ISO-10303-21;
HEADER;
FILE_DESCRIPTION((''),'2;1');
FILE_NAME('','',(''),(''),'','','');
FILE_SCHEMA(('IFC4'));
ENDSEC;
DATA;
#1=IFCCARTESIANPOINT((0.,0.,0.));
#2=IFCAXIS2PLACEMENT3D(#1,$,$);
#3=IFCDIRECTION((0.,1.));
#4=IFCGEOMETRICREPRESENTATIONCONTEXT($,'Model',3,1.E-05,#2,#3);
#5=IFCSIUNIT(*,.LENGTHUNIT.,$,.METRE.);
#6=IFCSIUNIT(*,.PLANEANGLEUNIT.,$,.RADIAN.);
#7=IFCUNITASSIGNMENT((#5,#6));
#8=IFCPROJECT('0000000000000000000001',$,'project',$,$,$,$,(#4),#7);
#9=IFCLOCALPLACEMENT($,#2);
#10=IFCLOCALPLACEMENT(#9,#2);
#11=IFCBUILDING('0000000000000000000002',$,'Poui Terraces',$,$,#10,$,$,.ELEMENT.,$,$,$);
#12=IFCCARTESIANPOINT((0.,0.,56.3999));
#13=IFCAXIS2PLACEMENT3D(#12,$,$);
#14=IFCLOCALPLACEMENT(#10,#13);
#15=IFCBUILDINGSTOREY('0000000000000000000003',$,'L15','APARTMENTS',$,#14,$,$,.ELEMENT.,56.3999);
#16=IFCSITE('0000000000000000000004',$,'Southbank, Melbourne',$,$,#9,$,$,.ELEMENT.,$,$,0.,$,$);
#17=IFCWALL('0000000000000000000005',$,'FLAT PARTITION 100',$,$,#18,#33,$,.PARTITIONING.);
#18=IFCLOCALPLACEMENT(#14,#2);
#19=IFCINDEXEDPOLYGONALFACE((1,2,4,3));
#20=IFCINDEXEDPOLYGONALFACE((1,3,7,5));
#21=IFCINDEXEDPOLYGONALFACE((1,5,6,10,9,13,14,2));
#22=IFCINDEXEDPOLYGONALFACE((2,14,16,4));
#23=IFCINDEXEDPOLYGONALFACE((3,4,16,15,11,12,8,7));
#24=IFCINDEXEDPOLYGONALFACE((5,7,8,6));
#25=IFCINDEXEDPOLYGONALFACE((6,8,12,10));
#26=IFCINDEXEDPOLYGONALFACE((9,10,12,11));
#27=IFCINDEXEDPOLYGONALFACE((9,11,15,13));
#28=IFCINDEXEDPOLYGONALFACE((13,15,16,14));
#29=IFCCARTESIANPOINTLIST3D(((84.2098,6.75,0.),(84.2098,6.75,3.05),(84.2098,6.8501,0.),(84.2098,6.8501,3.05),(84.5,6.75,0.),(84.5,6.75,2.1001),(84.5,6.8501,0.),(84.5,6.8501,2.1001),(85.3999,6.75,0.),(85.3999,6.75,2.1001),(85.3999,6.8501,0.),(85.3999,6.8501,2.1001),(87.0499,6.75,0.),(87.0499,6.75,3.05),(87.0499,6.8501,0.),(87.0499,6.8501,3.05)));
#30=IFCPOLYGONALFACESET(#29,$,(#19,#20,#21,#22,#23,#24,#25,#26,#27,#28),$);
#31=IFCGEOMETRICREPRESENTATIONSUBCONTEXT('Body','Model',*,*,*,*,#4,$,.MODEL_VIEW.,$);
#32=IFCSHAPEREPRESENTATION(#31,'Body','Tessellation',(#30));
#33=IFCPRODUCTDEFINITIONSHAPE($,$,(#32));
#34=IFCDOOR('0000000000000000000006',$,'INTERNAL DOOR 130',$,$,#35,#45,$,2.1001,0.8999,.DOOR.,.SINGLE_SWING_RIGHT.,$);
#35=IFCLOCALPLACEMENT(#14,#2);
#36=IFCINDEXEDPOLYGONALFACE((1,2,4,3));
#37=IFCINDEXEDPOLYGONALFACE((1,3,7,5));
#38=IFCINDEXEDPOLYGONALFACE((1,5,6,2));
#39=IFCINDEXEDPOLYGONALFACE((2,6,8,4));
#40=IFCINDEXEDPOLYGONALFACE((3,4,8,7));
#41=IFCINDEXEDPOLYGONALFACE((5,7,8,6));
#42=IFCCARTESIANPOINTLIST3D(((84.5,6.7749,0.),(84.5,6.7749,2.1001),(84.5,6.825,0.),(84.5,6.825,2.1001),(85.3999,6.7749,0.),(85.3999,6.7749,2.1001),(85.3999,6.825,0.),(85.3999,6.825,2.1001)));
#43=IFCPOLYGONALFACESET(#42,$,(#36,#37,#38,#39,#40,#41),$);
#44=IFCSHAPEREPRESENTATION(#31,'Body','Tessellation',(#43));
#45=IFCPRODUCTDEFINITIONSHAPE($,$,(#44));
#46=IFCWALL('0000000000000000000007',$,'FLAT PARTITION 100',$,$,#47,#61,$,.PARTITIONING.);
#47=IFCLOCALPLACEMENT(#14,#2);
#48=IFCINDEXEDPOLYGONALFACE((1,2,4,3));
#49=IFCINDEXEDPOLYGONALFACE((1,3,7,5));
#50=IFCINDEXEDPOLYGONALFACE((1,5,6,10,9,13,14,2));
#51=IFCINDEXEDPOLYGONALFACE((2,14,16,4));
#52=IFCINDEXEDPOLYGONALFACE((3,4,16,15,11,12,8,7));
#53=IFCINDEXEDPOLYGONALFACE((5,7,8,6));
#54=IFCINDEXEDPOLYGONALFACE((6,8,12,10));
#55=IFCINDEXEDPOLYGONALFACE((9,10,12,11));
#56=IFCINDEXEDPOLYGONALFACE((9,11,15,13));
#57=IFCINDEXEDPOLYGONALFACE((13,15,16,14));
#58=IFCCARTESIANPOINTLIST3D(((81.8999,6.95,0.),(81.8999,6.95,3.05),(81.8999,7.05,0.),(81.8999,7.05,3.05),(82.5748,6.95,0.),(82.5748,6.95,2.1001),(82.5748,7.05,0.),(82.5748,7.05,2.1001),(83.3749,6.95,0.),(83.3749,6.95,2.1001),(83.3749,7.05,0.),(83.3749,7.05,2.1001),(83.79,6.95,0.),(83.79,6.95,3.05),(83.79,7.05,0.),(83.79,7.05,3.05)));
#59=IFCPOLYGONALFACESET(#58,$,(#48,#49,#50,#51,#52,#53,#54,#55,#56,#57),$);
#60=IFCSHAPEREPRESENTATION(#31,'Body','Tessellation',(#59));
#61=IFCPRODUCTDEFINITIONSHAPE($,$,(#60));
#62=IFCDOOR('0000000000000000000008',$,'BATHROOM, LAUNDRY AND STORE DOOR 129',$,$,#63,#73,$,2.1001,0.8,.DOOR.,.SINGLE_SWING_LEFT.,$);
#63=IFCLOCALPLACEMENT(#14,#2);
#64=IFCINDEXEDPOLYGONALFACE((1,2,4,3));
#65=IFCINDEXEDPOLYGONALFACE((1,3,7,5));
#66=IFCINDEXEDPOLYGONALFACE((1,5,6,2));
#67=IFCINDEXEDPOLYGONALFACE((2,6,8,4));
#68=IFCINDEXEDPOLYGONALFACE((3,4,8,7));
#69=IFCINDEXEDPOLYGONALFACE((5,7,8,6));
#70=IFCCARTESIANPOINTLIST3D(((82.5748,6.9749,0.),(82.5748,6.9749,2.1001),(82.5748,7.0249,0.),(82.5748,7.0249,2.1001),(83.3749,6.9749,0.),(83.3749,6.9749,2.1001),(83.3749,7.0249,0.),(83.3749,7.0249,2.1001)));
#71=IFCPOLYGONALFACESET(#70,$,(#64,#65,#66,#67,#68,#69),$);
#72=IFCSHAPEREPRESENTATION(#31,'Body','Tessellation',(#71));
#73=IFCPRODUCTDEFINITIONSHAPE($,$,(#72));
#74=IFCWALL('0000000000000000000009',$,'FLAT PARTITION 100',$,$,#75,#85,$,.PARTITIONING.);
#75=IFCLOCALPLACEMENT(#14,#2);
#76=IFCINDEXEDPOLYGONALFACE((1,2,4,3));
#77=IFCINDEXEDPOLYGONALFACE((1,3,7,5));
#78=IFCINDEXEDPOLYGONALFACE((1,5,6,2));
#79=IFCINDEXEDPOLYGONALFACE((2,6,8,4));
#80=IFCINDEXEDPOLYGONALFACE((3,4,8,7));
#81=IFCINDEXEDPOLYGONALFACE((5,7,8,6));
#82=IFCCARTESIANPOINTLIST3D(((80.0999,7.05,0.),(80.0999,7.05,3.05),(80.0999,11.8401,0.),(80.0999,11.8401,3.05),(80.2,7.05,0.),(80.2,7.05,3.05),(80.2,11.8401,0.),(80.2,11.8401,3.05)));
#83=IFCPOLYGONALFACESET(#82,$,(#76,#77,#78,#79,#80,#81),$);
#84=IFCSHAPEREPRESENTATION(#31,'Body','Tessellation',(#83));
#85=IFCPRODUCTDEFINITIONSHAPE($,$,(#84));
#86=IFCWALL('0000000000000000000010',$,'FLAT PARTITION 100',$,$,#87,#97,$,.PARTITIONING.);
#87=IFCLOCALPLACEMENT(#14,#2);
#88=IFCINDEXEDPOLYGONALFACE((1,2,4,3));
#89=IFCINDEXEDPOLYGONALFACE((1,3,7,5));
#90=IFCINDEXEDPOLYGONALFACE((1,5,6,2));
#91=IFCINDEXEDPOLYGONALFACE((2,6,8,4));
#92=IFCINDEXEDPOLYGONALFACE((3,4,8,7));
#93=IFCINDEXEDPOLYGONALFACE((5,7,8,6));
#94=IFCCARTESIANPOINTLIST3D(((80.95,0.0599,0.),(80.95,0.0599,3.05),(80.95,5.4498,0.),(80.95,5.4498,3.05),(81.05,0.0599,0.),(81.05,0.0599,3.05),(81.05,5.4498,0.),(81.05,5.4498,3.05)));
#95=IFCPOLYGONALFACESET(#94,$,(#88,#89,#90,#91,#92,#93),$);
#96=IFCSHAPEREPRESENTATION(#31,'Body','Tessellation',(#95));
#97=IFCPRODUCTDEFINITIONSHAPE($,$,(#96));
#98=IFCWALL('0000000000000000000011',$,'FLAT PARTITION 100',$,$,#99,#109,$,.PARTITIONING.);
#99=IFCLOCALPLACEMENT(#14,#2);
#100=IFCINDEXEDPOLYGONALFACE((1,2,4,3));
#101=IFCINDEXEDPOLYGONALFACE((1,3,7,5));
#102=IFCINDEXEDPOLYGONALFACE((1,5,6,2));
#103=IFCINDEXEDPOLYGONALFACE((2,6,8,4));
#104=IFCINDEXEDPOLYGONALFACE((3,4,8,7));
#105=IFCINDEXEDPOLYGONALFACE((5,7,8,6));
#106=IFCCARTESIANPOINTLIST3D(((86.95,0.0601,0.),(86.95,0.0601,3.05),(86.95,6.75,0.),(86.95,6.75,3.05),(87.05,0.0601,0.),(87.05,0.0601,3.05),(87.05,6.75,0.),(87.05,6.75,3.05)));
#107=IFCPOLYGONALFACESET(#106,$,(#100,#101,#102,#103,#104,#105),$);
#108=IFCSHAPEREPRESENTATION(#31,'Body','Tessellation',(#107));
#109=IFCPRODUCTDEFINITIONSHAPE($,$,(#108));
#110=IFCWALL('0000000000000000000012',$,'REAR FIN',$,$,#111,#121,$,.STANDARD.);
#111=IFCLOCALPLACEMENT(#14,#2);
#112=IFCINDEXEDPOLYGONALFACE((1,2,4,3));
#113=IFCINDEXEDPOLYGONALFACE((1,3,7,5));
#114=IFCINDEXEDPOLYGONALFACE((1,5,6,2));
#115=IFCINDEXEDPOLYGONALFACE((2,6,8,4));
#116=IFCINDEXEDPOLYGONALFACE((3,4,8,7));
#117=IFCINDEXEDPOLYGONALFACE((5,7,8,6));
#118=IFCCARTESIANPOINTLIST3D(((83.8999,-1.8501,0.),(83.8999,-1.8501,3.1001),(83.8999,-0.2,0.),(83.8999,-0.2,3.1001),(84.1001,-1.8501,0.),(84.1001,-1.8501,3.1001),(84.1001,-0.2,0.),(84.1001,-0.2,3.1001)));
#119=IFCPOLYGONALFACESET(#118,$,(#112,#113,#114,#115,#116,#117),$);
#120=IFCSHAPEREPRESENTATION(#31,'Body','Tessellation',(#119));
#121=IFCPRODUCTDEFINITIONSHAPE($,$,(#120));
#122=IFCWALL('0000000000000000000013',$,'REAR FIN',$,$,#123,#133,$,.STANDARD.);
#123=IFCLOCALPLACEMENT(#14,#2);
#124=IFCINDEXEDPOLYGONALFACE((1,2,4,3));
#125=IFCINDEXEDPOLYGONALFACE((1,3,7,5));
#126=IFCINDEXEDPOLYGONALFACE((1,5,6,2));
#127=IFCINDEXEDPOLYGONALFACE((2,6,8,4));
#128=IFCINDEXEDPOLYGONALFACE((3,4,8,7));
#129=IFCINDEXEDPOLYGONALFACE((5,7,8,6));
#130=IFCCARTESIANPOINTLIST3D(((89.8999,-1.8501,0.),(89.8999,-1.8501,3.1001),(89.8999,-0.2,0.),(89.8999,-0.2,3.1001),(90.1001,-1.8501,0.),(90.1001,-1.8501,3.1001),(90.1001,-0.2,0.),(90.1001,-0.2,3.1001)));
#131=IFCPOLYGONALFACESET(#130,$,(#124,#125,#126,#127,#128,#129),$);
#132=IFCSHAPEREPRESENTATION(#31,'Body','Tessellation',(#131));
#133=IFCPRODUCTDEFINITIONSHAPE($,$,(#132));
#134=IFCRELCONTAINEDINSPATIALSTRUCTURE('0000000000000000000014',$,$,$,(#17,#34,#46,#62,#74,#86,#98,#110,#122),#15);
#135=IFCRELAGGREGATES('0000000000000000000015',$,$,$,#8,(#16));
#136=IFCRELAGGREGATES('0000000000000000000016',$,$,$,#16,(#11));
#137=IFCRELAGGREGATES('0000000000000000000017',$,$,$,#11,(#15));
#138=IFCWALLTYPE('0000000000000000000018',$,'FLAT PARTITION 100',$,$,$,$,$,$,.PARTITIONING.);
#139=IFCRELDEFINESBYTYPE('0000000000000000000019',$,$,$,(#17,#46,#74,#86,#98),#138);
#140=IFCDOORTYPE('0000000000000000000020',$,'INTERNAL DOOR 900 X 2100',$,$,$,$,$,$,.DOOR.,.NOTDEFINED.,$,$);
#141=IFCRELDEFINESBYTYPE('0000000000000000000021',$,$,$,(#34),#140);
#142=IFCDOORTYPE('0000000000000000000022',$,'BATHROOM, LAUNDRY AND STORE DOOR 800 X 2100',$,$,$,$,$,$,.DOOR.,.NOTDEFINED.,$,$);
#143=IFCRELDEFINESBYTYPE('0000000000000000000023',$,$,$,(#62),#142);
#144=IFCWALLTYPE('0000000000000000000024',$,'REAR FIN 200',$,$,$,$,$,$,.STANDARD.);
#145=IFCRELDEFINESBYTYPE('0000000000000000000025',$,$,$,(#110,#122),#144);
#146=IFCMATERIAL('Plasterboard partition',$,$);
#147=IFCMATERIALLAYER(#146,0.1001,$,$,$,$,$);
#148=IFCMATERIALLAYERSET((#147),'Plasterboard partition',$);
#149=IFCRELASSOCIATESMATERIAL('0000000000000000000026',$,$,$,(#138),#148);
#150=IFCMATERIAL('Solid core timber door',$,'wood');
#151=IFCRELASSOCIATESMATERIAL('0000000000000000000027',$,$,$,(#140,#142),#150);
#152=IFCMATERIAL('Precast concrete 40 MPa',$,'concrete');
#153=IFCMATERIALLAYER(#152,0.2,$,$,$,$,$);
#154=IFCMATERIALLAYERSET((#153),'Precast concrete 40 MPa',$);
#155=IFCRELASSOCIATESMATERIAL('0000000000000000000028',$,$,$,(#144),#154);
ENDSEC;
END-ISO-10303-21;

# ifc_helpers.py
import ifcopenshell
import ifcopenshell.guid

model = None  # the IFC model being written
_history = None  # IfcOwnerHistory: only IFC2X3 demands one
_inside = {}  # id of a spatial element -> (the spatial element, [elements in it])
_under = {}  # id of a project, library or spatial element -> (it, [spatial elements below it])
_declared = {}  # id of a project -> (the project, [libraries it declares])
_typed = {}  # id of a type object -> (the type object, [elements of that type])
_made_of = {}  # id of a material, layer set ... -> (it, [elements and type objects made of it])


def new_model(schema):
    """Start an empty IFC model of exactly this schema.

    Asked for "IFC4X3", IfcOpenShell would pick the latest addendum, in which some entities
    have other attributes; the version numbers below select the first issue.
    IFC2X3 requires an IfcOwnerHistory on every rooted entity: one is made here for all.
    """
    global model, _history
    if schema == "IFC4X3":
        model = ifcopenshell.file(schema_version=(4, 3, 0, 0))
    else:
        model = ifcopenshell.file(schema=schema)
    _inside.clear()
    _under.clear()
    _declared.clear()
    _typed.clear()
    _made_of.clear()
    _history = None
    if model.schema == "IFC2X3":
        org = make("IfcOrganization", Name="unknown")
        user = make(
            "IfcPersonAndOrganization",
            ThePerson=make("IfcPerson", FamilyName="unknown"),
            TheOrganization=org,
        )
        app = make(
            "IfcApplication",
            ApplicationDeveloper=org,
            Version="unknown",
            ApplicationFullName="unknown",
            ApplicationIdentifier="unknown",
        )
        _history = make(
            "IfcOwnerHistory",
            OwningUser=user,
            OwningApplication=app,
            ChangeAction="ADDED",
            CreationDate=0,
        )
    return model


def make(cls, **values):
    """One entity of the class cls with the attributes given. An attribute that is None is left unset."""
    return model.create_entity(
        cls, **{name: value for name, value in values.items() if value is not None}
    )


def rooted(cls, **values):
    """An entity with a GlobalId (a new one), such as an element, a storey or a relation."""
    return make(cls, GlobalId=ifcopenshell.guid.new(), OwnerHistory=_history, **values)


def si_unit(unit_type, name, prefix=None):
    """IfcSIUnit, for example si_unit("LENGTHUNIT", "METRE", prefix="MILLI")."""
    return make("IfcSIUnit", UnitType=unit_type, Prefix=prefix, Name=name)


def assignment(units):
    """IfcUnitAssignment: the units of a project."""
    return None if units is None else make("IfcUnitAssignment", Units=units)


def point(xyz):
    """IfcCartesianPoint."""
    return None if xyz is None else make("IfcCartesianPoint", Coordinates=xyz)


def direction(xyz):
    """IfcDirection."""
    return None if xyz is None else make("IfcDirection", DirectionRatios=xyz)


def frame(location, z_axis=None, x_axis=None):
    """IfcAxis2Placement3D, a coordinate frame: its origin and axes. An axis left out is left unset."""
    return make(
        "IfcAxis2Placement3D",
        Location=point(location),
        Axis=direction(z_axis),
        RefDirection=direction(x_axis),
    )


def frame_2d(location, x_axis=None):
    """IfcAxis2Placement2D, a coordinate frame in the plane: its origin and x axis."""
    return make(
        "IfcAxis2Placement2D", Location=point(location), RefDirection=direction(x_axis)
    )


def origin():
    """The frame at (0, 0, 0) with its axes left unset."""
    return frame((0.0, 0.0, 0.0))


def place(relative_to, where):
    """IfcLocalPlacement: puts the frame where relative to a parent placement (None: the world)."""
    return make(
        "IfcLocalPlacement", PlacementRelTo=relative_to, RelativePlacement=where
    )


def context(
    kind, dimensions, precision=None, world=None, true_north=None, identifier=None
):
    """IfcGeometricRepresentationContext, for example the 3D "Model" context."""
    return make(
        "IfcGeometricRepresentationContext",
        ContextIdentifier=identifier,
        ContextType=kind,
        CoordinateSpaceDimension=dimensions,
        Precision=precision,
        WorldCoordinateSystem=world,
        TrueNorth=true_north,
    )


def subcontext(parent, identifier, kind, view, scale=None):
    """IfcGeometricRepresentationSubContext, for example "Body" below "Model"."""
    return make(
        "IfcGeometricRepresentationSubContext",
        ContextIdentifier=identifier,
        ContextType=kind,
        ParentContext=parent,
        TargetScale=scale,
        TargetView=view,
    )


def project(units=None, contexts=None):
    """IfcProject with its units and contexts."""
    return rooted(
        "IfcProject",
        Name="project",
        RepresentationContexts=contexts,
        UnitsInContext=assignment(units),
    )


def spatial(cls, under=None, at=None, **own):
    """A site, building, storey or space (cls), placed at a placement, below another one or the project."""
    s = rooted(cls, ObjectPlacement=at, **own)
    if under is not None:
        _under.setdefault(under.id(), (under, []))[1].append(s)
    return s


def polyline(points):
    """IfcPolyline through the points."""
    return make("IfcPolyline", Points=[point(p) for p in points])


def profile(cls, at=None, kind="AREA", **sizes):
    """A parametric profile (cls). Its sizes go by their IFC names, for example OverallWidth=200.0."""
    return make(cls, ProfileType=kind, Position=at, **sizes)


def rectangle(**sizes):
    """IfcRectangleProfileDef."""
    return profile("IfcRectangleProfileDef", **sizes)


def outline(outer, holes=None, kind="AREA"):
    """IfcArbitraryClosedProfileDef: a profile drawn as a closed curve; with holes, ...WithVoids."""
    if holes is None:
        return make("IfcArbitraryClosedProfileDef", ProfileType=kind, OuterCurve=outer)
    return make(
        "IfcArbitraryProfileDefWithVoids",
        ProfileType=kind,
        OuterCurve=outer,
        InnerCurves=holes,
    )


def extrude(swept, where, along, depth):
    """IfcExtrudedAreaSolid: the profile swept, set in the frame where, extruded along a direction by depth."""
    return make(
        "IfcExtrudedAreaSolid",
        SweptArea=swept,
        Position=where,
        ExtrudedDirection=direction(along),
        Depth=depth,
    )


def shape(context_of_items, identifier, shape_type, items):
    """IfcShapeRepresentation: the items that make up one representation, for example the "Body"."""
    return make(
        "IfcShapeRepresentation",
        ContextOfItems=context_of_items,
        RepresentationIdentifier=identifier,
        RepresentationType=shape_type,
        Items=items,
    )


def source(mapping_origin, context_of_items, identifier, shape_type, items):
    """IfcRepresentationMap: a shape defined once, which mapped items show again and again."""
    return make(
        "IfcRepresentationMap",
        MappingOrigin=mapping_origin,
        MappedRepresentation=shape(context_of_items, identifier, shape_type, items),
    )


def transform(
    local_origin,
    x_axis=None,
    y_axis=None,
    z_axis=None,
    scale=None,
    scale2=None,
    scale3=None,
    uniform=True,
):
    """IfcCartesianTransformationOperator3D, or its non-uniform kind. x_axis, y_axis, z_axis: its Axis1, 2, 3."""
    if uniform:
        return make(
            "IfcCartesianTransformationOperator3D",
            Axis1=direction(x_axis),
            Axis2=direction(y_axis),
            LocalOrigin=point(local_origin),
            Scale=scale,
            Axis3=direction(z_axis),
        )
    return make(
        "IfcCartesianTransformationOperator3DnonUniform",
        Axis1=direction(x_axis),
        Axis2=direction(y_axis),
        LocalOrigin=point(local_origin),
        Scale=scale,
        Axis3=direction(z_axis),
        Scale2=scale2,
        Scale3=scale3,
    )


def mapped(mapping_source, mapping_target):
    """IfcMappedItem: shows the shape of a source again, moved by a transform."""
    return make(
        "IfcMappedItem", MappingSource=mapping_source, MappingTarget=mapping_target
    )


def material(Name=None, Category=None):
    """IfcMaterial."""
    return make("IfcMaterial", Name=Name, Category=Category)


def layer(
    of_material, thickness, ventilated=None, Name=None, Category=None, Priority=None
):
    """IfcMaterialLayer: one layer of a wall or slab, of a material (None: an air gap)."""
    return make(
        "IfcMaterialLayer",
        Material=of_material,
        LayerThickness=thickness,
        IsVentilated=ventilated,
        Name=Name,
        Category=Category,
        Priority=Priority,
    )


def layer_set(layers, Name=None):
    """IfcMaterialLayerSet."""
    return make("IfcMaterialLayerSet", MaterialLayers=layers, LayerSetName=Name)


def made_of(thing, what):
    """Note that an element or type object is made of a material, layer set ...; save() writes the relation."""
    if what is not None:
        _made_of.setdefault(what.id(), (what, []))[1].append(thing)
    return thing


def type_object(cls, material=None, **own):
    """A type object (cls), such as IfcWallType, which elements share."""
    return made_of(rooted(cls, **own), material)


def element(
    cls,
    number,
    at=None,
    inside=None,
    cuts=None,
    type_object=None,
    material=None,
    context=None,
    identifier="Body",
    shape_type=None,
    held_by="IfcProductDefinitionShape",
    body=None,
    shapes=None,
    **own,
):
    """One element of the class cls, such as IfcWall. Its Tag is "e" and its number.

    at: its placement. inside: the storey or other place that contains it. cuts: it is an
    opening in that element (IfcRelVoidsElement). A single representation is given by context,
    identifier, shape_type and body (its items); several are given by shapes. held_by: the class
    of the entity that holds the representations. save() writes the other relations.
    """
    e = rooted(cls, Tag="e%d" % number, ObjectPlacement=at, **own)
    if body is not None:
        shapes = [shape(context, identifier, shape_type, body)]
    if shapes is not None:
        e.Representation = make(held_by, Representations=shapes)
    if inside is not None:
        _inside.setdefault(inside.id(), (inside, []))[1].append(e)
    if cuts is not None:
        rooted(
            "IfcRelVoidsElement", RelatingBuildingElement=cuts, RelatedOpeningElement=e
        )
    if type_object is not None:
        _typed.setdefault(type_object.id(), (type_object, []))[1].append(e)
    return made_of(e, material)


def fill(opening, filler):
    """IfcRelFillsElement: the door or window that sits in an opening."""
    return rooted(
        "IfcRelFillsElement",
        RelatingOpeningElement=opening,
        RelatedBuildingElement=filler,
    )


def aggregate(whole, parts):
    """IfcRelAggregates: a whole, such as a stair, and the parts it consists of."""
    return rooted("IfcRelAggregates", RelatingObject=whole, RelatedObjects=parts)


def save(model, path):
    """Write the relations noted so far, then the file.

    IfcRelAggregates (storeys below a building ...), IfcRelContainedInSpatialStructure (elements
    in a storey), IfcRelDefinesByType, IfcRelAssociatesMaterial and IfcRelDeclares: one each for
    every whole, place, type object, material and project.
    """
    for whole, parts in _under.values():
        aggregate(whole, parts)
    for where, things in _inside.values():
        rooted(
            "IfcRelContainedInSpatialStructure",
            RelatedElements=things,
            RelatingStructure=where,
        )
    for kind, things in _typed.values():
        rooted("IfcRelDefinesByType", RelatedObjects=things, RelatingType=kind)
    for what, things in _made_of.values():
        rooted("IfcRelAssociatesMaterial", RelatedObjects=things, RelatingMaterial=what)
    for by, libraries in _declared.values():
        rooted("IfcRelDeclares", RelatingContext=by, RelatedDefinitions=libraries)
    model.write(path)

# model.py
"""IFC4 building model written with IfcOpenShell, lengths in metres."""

from ifc_helpers import new_model, si_unit, direction, frame, frame_2d, origin, place, context, subcontext, project, spatial, polyline, rectangle, outline, extrude, source, transform, mapped, material, layer, layer_set, type_object, element, fill, save


model = new_model("IFC4")

# Units and contexts
model_context = context("Model", 3, precision=1e-05, world=origin(), true_north=direction((0.0, 1.0)))
body_context = subcontext(model_context, "Body", "Model", "MODEL_VIEW")
ifc_project = project(units=[si_unit("LENGTHUNIT", "METRE"), si_unit("PLANEANGLEUNIT", "RADIAN")], contexts=[model_context])

# Site, building, storey
site_placement = place(None, origin())
site = spatial("IfcSite", under=ifc_project, at=site_placement, Name="Southbank, Melbourne", CompositionType="ELEMENT", RefElevation=0.0)
building_placement = place(site_placement, origin())
building = spatial("IfcBuilding", under=site, at=building_placement, Name="Poui Terraces", CompositionType="ELEMENT")
storey_placement = place(building_placement, frame((0.0, 0.0, 56.3999)))
storey = spatial("IfcBuildingStorey", under=building, at=storey_placement, Name="L15", Description="APARTMENTS", CompositionType="ELEMENT", Elevation=56.3999)

# Shared definitions
ifc_material_1 = material(Name="Precast concrete 40 MPa", Category="concrete")

# Walls, openings, doors
ifc_material_2 = material(Name="Plasterboard partition")
ifc_layer_1 = layer(ifc_material_2, 0.1001)
ifc_layer_set_1 = layer_set([ifc_layer_1], Name="Plasterboard partition")
wall_type_1 = type_object("IfcWallType", Name="FLAT PARTITION 100", PredefinedType="PARTITIONING", material=ifc_layer_set_1)
wall_1_placement = place(storey_placement, frame((84.21, 6.8, 0.0), z_axis=(0.0, 0.0, 1.0), x_axis=(1.0, 0.0, 0.0)))
wall_1 = element("IfcWall", 1, at=wall_1_placement, inside=storey, type_object=wall_type_1, Name="FLAT PARTITION 100", PredefinedType="PARTITIONING", context=body_context, shape_type="SweptSolid", body=[
    extrude(rectangle(XDim=2.8401, YDim=0.1001, at=frame_2d((1.4199, 0.0))), origin(), (0.0, 0.0, 1.0), 3.05),
])
opening_1_placement = place(wall_1_placement, frame((0.29, 0.0, 0.0)))
opening_1 = element("IfcOpeningElement", 2, at=opening_1_placement, cuts=wall_1, PredefinedType="OPENING", context=body_context, shape_type="SweptSolid", body=[
    extrude(rectangle(XDim=0.8999, YDim=2.1001, at=frame_2d((0.45, 1.05))), frame((0.0, 0.0601, 0.0), z_axis=(0.0, -1.0, 0.0), x_axis=(1.0, 0.0, 0.0)), (0.0, 0.0, 1.0), 0.1201),
])
ifc_material_3 = material(Name="Solid core timber door", Category="wood")
door_type_1 = type_object("IfcDoorType", Name="INTERNAL DOOR 900 X 2100", OperationType="NOTDEFINED", PredefinedType="DOOR", material=ifc_material_3)
door_1_placement = place(opening_1_placement, origin())
door_1 = element("IfcDoor", 3, at=door_1_placement, inside=storey, type_object=door_type_1, Name="INTERNAL DOOR 130", OperationType="SINGLE_SWING_RIGHT", OverallHeight=2.1001, OverallWidth=0.8999, PredefinedType="DOOR", context=body_context, shape_type="SweptSolid", body=[
    extrude(rectangle(XDim=0.8999, YDim=2.1001, at=frame_2d((0.45, 1.05))), frame((0.0, 0.0249, 0.0), z_axis=(0.0, -1.0, 0.0), x_axis=(1.0, 0.0, 0.0)), (0.0, 0.0, 1.0), 0.05),
])
fill(opening_1, door_1)
wall_2_placement = place(storey_placement, frame((81.8999, 7.0, 0.0), z_axis=(0.0, 0.0, 1.0), x_axis=(1.0, 0.0, 0.0)))
wall_2 = element("IfcWall", 4, at=wall_2_placement, inside=storey, type_object=wall_type_1, Name="FLAT PARTITION 100", PredefinedType="PARTITIONING", context=body_context, shape_type="SweptSolid", body=[
    extrude(rectangle(XDim=1.8901, YDim=0.1001, at=frame_2d((0.9451, 0.0))), origin(), (0.0, 0.0, 1.0), 3.05),
])
opening_2_placement = place(wall_2_placement, frame((0.675, 0.0, 0.0)))
opening_2 = element("IfcOpeningElement", 5, at=opening_2_placement, cuts=wall_2, PredefinedType="OPENING", context=body_context, shape_type="SweptSolid", body=[
    extrude(rectangle(XDim=0.8, YDim=2.1001, at=frame_2d((0.3999, 1.05))), frame((0.0, 0.0601, 0.0), z_axis=(0.0, -1.0, 0.0), x_axis=(1.0, 0.0, 0.0)), (0.0, 0.0, 1.0), 0.1201),
])
door_type_2 = type_object("IfcDoorType", Name="BATHROOM, LAUNDRY AND STORE DOOR 800 X 2100", OperationType="NOTDEFINED", PredefinedType="DOOR", material=ifc_material_3)
door_2_placement = place(opening_2_placement, origin())
door_2 = element("IfcDoor", 6, at=door_2_placement, inside=storey, type_object=door_type_2, Name="BATHROOM, LAUNDRY AND STORE DOOR 129", OperationType="SINGLE_SWING_LEFT", OverallHeight=2.1001, OverallWidth=0.8, PredefinedType="DOOR", context=body_context, shape_type="SweptSolid", body=[
    extrude(rectangle(XDim=0.8, YDim=2.1001, at=frame_2d((0.3999, 1.05))), frame((0.0, 0.0249, 0.0), z_axis=(0.0, -1.0, 0.0), x_axis=(1.0, 0.0, 0.0)), (0.0, 0.0, 1.0), 0.05),
])
fill(opening_2, door_2)

# Walls
wall_3_placement = place(storey_placement, frame((80.1499, 7.05, 0.0), z_axis=(0.0, 0.0, 1.0), x_axis=(0.0, 1.0, 0.0)))
element("IfcWall", 7, at=wall_3_placement, inside=storey, type_object=wall_type_1, Name="FLAT PARTITION 100", PredefinedType="PARTITIONING", context=body_context, shape_type="SweptSolid", body=[
    extrude(rectangle(XDim=4.79, YDim=0.1001, at=frame_2d((2.395, 0.0))), origin(), (0.0, 0.0, 1.0), 3.05),
])
wall_4_placement = place(storey_placement, frame((81.0, 0.0601, 0.0), z_axis=(0.0, 0.0, 1.0), x_axis=(0.0, 1.0, 0.0)))
element("IfcWall", 8, at=wall_4_placement, inside=storey, type_object=wall_type_1, Name="FLAT PARTITION 100", PredefinedType="PARTITIONING", context=body_context, shape_type="SweptSolid", body=[
    extrude(rectangle(XDim=5.3899, YDim=0.1001, at=frame_2d((2.6948, 0.0))), origin(), (0.0, 0.0, 1.0), 3.05),
])
wall_5_placement = place(storey_placement, frame((87.0, 0.0601, 0.0), z_axis=(0.0, 0.0, 1.0), x_axis=(0.0, 1.0, 0.0)))
element("IfcWall", 9, at=wall_5_placement, inside=storey, type_object=wall_type_1, Name="FLAT PARTITION 100", PredefinedType="PARTITIONING", context=body_context, shape_type="SweptSolid", body=[
    extrude(rectangle(XDim=6.6899, YDim=0.1001, at=frame_2d((3.345, 0.0))), origin(), (0.0, 0.0, 1.0), 3.05),
])
ifc_layer_2 = layer(ifc_material_1, 0.2)
ifc_layer_set_2 = layer_set([ifc_layer_2], Name="Precast concrete 40 MPa")
wall_type_2 = type_object("IfcWallType", Name="REAR FIN 200", PredefinedType="STANDARD", material=ifc_layer_set_2)
shared_shape_1 = source(origin(), body_context, "Body", "SweptSolid", [
    extrude(outline(polyline([(0.0, 0.0), (0.2002, 0.0), (0.2002, 1.6501), (0.0, 1.6501), (0.0, 0.0)])), origin(), (0.0, 0.0, 1.0), 3.1001),
])
for number, where, name in (
    (10, (83.8999, -1.8501, 0.0), "REAR FIN"),
    (11, (89.8999, -1.8501, 0.0), "REAR FIN"),
):
    element("IfcWall", number, at=place(storey_placement, frame(where)), inside=storey, type_object=wall_type_2, Name=name, PredefinedType="STANDARD", context=body_context, shape_type="MappedRepresentation", body=[
        mapped(shared_shape_1, transform((0.0, 0.0, 0.0))),
    ])

save(model, "model.ifc")
